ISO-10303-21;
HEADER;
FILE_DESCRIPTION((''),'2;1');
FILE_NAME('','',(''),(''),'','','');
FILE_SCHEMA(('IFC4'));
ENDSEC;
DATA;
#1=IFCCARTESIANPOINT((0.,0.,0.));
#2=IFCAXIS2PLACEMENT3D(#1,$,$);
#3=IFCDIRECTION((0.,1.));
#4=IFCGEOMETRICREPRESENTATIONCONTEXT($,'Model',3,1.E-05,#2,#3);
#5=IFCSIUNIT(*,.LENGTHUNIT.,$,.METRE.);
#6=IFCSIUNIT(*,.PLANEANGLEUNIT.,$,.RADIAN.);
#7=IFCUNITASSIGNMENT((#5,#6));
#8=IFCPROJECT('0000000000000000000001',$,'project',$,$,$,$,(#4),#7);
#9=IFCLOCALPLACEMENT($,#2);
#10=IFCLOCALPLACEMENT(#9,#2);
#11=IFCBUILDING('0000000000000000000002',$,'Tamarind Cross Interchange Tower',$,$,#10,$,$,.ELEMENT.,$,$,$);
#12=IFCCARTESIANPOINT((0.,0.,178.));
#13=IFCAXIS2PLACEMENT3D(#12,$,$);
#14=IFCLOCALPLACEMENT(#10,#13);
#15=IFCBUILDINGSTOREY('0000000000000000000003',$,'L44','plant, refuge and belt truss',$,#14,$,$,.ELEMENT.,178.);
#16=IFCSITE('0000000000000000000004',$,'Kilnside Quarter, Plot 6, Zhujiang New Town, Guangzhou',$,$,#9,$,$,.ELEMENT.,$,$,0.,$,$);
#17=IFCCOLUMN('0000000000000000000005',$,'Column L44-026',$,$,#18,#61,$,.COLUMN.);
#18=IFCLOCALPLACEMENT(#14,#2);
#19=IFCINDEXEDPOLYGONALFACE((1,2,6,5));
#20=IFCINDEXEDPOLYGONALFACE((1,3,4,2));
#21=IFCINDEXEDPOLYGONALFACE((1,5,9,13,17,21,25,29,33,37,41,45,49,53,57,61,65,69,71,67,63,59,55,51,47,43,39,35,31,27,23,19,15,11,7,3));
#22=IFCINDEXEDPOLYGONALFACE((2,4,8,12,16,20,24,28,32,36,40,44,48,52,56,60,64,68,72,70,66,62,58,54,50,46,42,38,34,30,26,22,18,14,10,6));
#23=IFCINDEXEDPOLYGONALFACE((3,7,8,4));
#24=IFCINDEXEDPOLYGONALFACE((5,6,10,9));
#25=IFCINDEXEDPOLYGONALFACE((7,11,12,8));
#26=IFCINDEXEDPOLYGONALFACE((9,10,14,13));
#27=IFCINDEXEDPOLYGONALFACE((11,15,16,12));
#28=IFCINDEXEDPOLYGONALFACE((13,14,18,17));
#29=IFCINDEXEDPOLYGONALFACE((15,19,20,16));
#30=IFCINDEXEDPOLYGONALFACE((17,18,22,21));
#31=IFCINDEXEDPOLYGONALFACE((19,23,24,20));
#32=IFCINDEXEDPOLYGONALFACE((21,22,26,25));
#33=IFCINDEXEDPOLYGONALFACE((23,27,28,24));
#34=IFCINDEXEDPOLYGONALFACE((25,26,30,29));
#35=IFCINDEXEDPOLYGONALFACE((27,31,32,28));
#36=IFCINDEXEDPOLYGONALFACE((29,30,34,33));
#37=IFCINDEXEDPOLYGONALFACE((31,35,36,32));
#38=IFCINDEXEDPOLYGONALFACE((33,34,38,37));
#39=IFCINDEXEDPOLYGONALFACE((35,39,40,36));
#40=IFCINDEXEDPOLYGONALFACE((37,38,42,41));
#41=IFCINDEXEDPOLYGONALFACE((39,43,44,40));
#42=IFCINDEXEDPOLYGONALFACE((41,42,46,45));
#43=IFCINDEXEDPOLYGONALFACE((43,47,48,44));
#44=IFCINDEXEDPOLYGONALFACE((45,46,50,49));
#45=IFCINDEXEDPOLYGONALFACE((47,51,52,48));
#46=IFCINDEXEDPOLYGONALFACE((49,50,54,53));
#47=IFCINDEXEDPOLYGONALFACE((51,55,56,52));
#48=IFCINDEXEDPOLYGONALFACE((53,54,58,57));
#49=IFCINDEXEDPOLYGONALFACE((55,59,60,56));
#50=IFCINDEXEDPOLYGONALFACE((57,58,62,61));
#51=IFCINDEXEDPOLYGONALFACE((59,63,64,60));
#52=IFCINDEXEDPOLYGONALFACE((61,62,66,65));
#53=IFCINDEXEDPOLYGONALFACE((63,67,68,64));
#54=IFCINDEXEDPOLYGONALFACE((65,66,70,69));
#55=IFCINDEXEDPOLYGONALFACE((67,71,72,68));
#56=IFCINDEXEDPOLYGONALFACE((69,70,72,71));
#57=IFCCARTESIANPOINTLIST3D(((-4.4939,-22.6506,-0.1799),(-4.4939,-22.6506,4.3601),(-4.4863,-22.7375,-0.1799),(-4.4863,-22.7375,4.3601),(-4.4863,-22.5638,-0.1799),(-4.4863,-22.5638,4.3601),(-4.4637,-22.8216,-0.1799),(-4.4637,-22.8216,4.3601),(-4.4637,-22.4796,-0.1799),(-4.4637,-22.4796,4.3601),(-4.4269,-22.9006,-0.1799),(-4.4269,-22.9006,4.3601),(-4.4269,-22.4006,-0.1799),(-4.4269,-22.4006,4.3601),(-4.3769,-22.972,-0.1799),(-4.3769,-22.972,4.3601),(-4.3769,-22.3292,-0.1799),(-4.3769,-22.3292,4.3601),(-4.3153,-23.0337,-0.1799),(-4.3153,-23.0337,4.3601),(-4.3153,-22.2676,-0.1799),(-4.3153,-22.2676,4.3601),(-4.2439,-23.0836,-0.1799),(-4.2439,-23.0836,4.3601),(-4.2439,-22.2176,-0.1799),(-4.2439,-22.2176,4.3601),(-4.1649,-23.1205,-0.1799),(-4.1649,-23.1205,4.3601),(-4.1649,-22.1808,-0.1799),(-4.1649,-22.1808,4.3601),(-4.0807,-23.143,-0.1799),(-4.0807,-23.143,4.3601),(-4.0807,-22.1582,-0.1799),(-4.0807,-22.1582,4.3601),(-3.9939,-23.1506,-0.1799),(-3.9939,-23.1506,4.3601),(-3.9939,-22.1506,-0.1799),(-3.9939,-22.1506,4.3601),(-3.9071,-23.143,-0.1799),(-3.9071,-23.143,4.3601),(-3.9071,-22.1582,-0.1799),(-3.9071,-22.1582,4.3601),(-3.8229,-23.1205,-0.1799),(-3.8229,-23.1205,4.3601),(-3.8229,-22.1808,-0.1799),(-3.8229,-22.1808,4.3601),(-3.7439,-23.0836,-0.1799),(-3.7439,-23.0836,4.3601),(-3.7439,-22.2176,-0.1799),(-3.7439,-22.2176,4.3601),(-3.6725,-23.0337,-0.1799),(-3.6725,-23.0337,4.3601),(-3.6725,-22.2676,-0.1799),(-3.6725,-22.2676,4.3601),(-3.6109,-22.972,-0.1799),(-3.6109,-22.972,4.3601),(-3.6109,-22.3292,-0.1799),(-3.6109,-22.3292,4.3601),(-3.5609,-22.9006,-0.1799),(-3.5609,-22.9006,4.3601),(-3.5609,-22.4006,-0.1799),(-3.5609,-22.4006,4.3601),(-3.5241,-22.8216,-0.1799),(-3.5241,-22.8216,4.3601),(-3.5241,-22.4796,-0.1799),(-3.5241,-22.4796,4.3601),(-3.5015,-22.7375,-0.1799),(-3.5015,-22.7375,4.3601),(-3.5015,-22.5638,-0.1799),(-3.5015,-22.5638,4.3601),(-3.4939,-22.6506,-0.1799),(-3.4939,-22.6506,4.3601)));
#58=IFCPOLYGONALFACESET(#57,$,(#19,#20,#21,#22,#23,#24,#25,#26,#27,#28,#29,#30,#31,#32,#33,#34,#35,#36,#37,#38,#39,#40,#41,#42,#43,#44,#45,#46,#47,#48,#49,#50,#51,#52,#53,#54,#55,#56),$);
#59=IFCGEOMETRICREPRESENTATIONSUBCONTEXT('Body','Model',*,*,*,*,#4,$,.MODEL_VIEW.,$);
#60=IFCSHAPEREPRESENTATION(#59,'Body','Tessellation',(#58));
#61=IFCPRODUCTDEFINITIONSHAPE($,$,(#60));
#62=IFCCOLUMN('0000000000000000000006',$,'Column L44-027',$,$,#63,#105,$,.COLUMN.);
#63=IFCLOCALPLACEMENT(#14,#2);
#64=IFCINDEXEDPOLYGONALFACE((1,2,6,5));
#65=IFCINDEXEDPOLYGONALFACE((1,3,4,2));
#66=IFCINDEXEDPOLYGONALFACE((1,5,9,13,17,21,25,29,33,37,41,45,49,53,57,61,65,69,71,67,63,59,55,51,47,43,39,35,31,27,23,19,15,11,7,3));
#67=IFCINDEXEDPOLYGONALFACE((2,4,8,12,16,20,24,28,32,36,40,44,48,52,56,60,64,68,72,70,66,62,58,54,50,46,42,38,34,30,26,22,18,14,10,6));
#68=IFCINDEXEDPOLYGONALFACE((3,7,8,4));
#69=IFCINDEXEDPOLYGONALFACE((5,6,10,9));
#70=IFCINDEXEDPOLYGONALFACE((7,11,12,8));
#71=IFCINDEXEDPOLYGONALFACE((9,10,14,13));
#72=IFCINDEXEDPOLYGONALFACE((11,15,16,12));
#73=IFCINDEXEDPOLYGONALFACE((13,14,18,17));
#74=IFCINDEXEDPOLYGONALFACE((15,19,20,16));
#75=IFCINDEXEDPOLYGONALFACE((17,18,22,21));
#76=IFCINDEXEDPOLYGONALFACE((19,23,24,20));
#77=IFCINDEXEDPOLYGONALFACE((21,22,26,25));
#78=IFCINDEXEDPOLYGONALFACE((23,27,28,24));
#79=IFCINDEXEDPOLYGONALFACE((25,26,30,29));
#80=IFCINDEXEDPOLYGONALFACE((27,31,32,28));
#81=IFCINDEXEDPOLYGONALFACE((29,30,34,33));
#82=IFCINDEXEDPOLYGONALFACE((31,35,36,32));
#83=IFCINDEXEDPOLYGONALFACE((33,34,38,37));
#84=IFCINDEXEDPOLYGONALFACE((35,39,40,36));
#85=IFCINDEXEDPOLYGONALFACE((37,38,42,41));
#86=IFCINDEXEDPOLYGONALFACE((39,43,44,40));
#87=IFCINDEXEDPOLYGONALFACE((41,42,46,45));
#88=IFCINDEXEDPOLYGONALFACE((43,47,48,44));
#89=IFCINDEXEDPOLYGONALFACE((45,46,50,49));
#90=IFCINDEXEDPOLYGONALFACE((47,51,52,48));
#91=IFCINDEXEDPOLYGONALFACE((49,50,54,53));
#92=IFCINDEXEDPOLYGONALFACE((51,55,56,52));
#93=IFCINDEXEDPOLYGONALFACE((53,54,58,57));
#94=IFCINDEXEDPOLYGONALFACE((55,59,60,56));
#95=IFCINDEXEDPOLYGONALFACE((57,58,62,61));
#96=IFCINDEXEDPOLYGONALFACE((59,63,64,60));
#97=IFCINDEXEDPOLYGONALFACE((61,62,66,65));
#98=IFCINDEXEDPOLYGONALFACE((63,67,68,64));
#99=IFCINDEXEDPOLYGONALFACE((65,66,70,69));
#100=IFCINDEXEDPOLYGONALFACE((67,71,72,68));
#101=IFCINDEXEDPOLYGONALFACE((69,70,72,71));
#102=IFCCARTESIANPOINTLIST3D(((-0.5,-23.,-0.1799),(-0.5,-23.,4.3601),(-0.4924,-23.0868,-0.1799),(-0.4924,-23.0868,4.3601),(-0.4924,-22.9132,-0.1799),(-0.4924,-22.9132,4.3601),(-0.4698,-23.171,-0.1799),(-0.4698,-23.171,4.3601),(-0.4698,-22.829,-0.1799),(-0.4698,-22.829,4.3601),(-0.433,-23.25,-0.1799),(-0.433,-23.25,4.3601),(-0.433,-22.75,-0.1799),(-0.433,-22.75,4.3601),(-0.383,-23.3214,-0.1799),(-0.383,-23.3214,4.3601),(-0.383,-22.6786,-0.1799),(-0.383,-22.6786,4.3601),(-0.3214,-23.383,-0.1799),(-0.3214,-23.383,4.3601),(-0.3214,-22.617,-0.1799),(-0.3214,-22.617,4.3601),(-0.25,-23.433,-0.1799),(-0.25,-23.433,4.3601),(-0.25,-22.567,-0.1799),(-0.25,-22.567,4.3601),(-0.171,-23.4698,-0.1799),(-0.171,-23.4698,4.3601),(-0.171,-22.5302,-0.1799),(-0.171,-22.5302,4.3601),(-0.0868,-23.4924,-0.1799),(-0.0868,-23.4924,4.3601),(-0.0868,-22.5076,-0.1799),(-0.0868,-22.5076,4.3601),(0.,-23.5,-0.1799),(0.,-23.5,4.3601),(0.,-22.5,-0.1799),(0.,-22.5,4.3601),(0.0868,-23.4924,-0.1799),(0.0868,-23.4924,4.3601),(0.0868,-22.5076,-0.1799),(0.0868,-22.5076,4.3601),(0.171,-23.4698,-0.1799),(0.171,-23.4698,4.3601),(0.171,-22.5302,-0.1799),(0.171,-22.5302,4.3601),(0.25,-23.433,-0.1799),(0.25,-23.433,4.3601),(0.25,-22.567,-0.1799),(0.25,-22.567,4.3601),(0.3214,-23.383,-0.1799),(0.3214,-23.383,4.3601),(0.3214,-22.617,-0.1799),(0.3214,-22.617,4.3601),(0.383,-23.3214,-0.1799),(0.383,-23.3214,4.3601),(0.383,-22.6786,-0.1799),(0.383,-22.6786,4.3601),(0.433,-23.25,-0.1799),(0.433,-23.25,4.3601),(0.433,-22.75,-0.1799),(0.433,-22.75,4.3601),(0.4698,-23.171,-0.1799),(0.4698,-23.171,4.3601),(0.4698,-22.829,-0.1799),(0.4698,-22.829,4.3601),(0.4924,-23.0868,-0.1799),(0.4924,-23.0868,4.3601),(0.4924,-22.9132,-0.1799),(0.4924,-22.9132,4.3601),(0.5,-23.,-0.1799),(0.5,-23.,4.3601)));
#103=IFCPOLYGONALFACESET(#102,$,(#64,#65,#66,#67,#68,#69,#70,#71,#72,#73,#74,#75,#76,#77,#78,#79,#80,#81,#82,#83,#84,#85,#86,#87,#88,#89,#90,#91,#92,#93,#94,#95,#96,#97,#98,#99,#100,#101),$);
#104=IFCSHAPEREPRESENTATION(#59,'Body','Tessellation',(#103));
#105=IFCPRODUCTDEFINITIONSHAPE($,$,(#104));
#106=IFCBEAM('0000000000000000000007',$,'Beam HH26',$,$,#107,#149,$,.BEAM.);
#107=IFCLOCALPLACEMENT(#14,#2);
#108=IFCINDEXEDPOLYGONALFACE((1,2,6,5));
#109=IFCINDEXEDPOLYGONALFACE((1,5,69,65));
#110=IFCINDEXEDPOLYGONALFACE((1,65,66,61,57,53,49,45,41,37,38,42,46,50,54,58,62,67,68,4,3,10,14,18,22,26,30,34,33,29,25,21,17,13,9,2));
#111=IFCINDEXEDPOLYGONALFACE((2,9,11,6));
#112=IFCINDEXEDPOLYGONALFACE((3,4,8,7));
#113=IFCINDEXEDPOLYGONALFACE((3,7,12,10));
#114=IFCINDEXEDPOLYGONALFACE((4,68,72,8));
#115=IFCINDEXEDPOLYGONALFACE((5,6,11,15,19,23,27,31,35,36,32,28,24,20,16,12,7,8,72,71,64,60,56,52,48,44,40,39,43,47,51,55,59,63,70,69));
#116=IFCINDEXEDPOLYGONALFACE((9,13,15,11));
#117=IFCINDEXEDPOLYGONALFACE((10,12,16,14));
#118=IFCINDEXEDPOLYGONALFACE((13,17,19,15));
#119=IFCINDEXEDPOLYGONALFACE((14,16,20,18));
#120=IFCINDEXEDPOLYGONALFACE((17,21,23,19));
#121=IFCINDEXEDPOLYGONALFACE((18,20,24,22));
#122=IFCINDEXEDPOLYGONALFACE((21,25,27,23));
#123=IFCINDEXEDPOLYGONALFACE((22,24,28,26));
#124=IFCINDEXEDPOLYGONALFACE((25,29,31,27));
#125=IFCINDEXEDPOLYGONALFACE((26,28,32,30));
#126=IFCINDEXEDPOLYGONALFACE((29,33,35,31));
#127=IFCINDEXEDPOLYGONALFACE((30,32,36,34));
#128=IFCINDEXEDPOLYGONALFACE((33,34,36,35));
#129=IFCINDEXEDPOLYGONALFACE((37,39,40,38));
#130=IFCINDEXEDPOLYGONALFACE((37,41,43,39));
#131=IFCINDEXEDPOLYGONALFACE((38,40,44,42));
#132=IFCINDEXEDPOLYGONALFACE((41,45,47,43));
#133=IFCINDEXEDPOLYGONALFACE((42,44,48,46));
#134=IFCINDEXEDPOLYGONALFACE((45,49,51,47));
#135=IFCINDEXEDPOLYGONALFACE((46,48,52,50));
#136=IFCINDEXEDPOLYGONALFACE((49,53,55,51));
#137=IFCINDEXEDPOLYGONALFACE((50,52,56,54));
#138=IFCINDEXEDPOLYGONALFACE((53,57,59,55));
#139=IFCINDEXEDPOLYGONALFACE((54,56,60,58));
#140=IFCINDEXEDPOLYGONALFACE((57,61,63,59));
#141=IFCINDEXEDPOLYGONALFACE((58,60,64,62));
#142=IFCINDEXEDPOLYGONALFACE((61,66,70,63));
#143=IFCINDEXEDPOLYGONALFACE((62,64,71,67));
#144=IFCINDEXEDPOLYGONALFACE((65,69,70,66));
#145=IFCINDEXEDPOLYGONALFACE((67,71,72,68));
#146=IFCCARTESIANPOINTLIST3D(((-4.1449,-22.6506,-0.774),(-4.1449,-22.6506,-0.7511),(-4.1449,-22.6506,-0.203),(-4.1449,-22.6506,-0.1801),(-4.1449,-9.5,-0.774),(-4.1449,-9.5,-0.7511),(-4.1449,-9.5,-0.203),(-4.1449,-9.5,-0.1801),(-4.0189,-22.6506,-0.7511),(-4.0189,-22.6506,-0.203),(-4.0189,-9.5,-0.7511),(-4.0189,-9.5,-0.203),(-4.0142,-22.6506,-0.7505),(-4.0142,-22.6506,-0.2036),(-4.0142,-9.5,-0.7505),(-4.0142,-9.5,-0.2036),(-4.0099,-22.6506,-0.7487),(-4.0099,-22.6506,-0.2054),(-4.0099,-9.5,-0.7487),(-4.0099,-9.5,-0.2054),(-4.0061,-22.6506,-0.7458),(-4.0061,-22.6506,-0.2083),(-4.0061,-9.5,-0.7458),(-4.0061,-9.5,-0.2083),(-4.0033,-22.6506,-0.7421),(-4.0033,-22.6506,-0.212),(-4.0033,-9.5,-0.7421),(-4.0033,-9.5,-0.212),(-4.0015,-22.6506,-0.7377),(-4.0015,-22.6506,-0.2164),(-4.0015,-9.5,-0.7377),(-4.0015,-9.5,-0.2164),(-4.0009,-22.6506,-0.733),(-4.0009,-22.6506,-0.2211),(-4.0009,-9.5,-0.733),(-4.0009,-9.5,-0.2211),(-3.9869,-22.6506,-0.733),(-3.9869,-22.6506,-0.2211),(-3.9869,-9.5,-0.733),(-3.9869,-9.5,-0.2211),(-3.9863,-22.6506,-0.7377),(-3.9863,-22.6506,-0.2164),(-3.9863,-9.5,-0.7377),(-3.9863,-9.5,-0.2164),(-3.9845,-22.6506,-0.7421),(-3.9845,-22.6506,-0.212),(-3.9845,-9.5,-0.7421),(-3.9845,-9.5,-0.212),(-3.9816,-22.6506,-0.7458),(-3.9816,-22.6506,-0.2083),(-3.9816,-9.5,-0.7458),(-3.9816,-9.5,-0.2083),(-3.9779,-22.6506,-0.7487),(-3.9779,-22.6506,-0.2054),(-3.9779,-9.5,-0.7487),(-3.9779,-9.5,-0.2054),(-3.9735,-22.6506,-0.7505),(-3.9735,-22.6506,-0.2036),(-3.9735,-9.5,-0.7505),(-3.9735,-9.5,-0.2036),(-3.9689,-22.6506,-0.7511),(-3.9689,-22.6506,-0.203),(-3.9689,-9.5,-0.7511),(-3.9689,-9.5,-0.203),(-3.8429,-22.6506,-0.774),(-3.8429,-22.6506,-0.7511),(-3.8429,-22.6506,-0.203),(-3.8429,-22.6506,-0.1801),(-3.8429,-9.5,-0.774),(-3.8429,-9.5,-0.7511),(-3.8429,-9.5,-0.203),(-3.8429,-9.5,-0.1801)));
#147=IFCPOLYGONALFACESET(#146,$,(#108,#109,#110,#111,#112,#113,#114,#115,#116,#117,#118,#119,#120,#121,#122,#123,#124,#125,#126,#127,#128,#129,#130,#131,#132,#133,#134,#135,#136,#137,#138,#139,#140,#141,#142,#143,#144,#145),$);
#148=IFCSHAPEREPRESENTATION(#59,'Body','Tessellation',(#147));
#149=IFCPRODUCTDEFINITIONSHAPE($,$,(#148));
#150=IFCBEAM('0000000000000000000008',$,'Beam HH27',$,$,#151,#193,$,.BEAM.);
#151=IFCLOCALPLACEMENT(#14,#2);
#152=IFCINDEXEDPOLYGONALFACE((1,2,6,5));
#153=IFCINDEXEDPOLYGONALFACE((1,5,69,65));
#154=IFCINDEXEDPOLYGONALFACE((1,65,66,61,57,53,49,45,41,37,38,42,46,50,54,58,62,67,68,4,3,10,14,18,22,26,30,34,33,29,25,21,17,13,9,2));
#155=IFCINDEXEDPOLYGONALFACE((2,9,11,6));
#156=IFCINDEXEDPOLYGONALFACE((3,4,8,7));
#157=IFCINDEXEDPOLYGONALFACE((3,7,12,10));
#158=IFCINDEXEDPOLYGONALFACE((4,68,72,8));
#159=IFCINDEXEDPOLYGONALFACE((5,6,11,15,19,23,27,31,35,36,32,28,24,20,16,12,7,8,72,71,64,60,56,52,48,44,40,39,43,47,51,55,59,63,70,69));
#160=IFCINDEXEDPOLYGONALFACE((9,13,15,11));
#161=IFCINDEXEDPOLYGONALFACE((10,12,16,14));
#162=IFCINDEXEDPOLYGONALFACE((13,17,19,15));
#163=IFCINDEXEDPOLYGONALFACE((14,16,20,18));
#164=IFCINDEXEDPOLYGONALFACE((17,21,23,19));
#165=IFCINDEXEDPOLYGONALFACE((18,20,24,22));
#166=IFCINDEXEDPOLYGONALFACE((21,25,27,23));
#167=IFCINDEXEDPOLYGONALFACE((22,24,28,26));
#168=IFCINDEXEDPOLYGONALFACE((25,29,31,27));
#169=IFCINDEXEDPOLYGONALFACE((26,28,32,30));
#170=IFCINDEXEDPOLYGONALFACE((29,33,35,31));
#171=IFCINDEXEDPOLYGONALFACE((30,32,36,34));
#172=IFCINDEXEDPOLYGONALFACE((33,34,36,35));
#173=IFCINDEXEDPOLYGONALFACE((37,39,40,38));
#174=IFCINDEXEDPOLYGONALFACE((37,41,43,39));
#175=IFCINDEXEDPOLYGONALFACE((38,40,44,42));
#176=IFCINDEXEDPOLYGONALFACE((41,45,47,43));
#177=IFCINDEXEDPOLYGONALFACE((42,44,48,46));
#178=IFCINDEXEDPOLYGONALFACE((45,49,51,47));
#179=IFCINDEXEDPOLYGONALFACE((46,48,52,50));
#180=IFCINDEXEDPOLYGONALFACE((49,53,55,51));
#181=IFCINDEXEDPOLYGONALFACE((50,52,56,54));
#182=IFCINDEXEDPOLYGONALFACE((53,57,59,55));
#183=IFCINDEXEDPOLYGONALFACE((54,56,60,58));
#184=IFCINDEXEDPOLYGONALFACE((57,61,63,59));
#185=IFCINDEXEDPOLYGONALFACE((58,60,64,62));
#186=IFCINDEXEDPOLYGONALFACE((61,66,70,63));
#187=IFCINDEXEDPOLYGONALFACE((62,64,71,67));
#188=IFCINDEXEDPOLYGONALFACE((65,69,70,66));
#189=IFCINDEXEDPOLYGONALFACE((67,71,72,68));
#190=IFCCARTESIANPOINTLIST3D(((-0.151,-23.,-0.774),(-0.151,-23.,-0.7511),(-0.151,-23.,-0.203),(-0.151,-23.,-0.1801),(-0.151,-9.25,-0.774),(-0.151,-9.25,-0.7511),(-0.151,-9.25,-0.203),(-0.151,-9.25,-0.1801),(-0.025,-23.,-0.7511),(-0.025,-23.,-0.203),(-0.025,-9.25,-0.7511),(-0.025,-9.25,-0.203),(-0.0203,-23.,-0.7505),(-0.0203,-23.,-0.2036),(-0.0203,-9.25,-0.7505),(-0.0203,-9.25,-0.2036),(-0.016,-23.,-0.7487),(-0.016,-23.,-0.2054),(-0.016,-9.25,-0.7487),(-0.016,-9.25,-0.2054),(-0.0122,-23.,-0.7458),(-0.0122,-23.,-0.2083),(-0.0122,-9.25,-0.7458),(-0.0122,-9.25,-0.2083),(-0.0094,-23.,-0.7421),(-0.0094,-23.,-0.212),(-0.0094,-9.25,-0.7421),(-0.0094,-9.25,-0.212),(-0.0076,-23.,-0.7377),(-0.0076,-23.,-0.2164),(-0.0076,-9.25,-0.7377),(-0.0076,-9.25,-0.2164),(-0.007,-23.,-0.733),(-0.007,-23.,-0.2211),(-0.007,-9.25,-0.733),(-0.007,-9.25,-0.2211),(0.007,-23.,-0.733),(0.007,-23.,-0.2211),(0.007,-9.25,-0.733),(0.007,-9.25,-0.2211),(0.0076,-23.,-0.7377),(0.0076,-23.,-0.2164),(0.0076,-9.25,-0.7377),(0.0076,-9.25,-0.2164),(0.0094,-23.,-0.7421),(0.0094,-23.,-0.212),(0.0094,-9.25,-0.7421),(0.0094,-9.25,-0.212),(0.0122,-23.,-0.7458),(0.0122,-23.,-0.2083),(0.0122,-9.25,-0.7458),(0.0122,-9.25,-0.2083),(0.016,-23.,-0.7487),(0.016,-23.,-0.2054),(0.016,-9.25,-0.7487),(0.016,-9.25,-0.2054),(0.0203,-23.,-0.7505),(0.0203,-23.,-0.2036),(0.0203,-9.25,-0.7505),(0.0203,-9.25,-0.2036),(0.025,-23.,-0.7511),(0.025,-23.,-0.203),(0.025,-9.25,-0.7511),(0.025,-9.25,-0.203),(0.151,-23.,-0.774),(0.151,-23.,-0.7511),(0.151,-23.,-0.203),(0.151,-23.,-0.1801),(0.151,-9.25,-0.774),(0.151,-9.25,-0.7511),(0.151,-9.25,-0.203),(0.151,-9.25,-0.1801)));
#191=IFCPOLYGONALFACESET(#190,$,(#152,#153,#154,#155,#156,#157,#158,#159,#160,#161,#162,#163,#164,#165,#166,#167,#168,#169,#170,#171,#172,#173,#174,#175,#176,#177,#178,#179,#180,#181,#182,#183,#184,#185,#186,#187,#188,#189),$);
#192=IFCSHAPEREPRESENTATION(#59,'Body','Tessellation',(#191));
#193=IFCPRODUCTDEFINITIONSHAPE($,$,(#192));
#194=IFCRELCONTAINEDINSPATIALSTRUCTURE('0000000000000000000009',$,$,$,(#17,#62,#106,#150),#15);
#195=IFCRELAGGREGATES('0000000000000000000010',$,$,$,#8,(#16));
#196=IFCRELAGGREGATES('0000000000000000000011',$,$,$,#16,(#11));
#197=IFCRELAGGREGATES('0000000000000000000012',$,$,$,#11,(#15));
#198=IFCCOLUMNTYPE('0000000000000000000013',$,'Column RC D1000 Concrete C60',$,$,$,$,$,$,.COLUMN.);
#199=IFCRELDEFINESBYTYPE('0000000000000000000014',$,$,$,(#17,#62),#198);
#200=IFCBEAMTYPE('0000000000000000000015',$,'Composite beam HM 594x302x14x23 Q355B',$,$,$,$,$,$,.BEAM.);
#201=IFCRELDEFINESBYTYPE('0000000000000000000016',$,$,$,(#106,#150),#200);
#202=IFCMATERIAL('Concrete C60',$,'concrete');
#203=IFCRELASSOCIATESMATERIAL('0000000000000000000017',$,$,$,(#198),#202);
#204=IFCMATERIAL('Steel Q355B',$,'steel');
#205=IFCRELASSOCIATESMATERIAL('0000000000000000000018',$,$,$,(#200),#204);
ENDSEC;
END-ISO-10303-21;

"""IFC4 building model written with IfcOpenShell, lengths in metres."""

from ifc_helpers import new_model, si_unit, direction, frame, origin, origin_2d, place, context, subcontext, project, spatial, circle, i_section, extrude, material, material_profile, profile_set, type_object, element, save


model = new_model("IFC4")

# Units and contexts
model_context = context("Model", 3, precision=1e-05, world=origin(), true_north=direction((0.0, 1.0)))
body_context = subcontext(model_context, "Body", "Model", "MODEL_VIEW")
ifc_project = project(units=[si_unit("LENGTHUNIT", "METRE"), si_unit("PLANEANGLEUNIT", "RADIAN")], contexts=[model_context])

# Site, building, storey
site_placement = place(None, origin())
site = spatial("IfcSite", under=ifc_project, at=site_placement, Name="Kilnside Quarter, Plot 6, Zhujiang New Town, Guangzhou", CompositionType="ELEMENT", RefElevation=0.0)
building_placement = place(site_placement, origin())
building = spatial("IfcBuilding", under=site, at=building_placement, Name="Tamarind Cross Interchange Tower", CompositionType="ELEMENT")
storey_placement = place(building_placement, frame((0.0, 0.0, 178.0)))
storey = spatial("IfcBuildingStorey", under=building, at=storey_placement, Name="L44", Description="plant, refuge and belt truss", CompositionType="ELEMENT", Elevation=178.0)

# Columns
ifc_material_1 = material(Name="Concrete C60", Category="concrete")
ifc_material_profile_1 = material_profile(ifc_material_1, circle(Radius=0.5, at=origin_2d()), Name="RC D1000")
ifc_profile_set_1 = profile_set([ifc_material_profile_1], Name="Concrete C60")
column_type = type_object("IfcColumnType", Name="Column RC D1000 Concrete C60", PredefinedType="COLUMN", material=ifc_profile_set_1)
for number, where, z_axis, x_axis, name in (
    (1, (-3.9939, -22.6506, -0.1799), (0.0, 0.0, 1.0), (1.0, 0.0, 0.0), "Column L44-026"),
    (2, (0.0, -23.0, -0.1799), (0.0, 0.0, 1.0), (1.0, 0.0, 0.0), "Column L44-027"),
):
    element("IfcColumn", number, at=place(storey_placement, frame(where, z_axis=z_axis, x_axis=x_axis)), inside=storey, type_object=column_type, Name=name, PredefinedType="COLUMN", context=body_context, shape_type="SweptSolid", body=[
        extrude(circle(Radius=0.5, at=origin_2d()), origin(), (0.0, 0.0, 1.0), 4.54),
    ])

# Beams
ifc_material_2 = material(Name="Steel Q355B", Category="steel")
ifc_material_profile_2 = material_profile(ifc_material_2, i_section(OverallWidth=0.302, OverallDepth=0.594, WebThickness=0.0139, FlangeThickness=0.0229, FilletRadius=0.0181, at=origin_2d()), Name="HM 594x302x14x23")
ifc_profile_set_2 = profile_set([ifc_material_profile_2], Name="Steel Q355B")
beam_type = type_object("IfcBeamType", Name="Composite beam HM 594x302x14x23 Q355B", PredefinedType="BEAM", material=ifc_profile_set_2)
beam_1_placement = place(storey_placement, frame((-3.9939, -22.6506, -0.4771), z_axis=(0.0, 1.0, 0.0), x_axis=(-1.0, 0.0, 0.0)))
element("IfcBeam", 3, at=beam_1_placement, inside=storey, type_object=beam_type, Name="Beam HH26", PredefinedType="BEAM", context=body_context, shape_type="SweptSolid", body=[
    extrude(i_section(OverallWidth=0.302, OverallDepth=0.594, WebThickness=0.0139, FlangeThickness=0.0229, FilletRadius=0.0181, at=origin_2d()), origin(), (0.0, 0.0, 1.0), 13.1506),
])
beam_2_placement = place(storey_placement, frame((0.0, -23.0, -0.4771), z_axis=(0.0, 1.0, 0.0), x_axis=(-1.0, 0.0, 0.0)))
element("IfcBeam", 4, at=beam_2_placement, inside=storey, type_object=beam_type, Name="Beam HH27", PredefinedType="BEAM", context=body_context, shape_type="SweptSolid", body=[
    extrude(i_section(OverallWidth=0.302, OverallDepth=0.594, WebThickness=0.0139, FlangeThickness=0.0229, FilletRadius=0.0181, at=origin_2d()), origin(), (0.0, 0.0, 1.0), 13.75),
])

save(model, "model.ifc")
